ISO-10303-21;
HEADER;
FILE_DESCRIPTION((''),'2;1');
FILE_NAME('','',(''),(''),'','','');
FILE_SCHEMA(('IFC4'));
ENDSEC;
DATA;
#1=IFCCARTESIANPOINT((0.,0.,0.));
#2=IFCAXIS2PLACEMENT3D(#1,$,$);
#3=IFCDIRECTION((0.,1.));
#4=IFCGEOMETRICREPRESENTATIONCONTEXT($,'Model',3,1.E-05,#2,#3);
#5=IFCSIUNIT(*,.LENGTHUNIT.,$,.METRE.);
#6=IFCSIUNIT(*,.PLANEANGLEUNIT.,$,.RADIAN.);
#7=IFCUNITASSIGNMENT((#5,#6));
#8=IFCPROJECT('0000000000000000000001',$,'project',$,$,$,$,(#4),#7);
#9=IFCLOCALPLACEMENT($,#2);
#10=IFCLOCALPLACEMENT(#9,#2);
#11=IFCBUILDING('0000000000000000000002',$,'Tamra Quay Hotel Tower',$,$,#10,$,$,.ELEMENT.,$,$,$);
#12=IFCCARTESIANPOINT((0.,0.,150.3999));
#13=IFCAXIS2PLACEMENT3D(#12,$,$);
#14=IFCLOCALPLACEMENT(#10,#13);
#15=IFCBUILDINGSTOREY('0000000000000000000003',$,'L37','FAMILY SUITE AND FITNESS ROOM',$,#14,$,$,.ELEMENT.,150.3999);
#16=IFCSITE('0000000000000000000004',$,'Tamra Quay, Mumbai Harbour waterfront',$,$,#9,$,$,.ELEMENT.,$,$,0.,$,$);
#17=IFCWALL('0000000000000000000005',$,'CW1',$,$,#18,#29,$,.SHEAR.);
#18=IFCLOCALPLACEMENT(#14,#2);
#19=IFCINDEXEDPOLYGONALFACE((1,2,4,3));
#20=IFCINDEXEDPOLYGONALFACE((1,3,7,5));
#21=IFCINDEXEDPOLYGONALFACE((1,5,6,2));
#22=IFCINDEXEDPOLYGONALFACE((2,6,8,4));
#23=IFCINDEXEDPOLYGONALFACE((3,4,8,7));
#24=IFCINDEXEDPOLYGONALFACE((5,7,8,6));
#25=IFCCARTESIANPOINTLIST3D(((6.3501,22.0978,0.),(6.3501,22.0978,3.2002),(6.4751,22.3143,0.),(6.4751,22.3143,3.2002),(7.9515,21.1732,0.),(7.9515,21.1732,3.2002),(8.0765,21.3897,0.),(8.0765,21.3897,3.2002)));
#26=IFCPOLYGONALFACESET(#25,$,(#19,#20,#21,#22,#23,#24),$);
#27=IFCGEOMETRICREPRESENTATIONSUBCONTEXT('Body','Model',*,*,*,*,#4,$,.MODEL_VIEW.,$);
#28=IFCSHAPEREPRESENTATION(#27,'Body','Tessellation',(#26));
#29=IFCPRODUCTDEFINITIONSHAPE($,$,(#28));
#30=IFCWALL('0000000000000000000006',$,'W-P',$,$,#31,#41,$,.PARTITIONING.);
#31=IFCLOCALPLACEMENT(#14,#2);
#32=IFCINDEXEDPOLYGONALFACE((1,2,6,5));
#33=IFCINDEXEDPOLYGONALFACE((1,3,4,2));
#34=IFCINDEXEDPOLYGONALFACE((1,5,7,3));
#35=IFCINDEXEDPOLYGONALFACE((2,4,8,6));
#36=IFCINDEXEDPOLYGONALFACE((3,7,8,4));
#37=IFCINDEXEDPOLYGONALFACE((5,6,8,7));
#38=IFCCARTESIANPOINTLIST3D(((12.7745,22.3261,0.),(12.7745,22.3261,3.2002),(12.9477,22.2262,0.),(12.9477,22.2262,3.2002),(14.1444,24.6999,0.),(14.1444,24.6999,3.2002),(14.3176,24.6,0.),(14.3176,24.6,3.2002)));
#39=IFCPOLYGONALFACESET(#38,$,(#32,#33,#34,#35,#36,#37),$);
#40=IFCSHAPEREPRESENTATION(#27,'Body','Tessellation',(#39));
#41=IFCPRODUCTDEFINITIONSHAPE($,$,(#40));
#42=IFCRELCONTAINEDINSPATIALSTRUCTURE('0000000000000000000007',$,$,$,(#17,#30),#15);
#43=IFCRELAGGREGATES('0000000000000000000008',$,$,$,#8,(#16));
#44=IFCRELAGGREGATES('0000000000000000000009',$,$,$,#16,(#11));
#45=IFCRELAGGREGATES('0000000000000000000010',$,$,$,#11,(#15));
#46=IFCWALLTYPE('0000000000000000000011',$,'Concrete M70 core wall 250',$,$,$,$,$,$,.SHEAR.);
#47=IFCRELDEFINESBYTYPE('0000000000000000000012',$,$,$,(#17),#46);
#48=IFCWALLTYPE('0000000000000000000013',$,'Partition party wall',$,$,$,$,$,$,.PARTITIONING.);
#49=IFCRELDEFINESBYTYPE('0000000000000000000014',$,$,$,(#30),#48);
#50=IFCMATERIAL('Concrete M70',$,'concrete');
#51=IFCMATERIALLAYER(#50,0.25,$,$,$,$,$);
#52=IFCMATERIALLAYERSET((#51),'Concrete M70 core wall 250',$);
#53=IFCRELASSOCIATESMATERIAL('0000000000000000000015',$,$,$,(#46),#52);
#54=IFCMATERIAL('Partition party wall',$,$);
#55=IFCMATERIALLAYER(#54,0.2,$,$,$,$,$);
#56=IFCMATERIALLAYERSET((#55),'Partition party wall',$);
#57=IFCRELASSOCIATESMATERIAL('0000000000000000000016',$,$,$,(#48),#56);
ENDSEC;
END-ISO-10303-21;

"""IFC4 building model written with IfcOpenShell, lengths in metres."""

from ifc_helpers import new_model, si_unit, direction, frame, frame_2d, origin, place, context, subcontext, project, spatial, rectangle, extrude, material, layer, layer_set, type_object, element, save


model = new_model("IFC4")

# Units and contexts
model_context = context("Model", 3, precision=1e-05, world=origin(), true_north=direction((0.0, 1.0)))
body_context = subcontext(model_context, "Body", "Model", "MODEL_VIEW")
ifc_project = project(units=[si_unit("LENGTHUNIT", "METRE"), si_unit("PLANEANGLEUNIT", "RADIAN")], contexts=[model_context])

# Site, building, storey
site_placement = place(None, origin())
site = spatial("IfcSite", under=ifc_project, at=site_placement, Name="Tamra Quay, Mumbai Harbour waterfront", CompositionType="ELEMENT", RefElevation=0.0)
building_placement = place(site_placement, origin())
building = spatial("IfcBuilding", under=site, at=building_placement, Name="Tamra Quay Hotel Tower", CompositionType="ELEMENT")
storey_placement = place(building_placement, frame((0.0, 0.0, 150.3999)))
storey = spatial("IfcBuildingStorey", under=building, at=storey_placement, Name="L37", Description="FAMILY SUITE AND FITNESS ROOM", CompositionType="ELEMENT", Elevation=150.3999)

# Shared definitions
ifc_material_1 = material(Name="Concrete M70", Category="concrete")

# Walls
ifc_layer_1 = layer(ifc_material_1, 0.25)
ifc_layer_set_1 = layer_set([ifc_layer_1], Name="Concrete M70 core wall 250")
wall_type_1 = type_object("IfcWallType", Name="Concrete M70 core wall 250", PredefinedType="SHEAR", material=ifc_layer_set_1)
wall_1_placement = place(storey_placement, frame((6.4126, 22.2061, 0.0), z_axis=(0.0, 0.0, 1.0), x_axis=(0.866016, -0.500016, 0.0)))
element("IfcWall", 1, at=wall_1_placement, inside=storey, type_object=wall_type_1, Name="CW1", PredefinedType="SHEAR", context=body_context, shape_type="SweptSolid", body=[
    extrude(rectangle(XDim=1.8491, YDim=0.25, at=frame_2d((0.9246, 0.0))), origin(), (0.0, 0.0, 1.0), 3.2002),
])
ifc_material_2 = material(Name="Partition party wall")
ifc_layer_2 = layer(ifc_material_2, 0.2)
ifc_layer_set_2 = layer_set([ifc_layer_2], Name="Partition party wall")
wall_type_2 = type_object("IfcWallType", Name="Partition party wall", PredefinedType="PARTITIONING", material=ifc_layer_set_2)
wall_2_placement = place(storey_placement, frame((12.8611, 22.2761, 0.0), z_axis=(0.0, 0.0, 1.0), x_axis=(0.499828, 0.866125, 0.0)))
element("IfcWall", 2, at=wall_2_placement, inside=storey, type_object=wall_type_2, Name="W-P", PredefinedType="PARTITIONING", context=body_context, shape_type="SweptSolid", body=[
    extrude(rectangle(XDim=2.7407, YDim=0.2, at=frame_2d((1.3704, 0.0))), origin(), (0.0, 0.0, 1.0), 3.2002),
])

save(model, "model.ifc")
